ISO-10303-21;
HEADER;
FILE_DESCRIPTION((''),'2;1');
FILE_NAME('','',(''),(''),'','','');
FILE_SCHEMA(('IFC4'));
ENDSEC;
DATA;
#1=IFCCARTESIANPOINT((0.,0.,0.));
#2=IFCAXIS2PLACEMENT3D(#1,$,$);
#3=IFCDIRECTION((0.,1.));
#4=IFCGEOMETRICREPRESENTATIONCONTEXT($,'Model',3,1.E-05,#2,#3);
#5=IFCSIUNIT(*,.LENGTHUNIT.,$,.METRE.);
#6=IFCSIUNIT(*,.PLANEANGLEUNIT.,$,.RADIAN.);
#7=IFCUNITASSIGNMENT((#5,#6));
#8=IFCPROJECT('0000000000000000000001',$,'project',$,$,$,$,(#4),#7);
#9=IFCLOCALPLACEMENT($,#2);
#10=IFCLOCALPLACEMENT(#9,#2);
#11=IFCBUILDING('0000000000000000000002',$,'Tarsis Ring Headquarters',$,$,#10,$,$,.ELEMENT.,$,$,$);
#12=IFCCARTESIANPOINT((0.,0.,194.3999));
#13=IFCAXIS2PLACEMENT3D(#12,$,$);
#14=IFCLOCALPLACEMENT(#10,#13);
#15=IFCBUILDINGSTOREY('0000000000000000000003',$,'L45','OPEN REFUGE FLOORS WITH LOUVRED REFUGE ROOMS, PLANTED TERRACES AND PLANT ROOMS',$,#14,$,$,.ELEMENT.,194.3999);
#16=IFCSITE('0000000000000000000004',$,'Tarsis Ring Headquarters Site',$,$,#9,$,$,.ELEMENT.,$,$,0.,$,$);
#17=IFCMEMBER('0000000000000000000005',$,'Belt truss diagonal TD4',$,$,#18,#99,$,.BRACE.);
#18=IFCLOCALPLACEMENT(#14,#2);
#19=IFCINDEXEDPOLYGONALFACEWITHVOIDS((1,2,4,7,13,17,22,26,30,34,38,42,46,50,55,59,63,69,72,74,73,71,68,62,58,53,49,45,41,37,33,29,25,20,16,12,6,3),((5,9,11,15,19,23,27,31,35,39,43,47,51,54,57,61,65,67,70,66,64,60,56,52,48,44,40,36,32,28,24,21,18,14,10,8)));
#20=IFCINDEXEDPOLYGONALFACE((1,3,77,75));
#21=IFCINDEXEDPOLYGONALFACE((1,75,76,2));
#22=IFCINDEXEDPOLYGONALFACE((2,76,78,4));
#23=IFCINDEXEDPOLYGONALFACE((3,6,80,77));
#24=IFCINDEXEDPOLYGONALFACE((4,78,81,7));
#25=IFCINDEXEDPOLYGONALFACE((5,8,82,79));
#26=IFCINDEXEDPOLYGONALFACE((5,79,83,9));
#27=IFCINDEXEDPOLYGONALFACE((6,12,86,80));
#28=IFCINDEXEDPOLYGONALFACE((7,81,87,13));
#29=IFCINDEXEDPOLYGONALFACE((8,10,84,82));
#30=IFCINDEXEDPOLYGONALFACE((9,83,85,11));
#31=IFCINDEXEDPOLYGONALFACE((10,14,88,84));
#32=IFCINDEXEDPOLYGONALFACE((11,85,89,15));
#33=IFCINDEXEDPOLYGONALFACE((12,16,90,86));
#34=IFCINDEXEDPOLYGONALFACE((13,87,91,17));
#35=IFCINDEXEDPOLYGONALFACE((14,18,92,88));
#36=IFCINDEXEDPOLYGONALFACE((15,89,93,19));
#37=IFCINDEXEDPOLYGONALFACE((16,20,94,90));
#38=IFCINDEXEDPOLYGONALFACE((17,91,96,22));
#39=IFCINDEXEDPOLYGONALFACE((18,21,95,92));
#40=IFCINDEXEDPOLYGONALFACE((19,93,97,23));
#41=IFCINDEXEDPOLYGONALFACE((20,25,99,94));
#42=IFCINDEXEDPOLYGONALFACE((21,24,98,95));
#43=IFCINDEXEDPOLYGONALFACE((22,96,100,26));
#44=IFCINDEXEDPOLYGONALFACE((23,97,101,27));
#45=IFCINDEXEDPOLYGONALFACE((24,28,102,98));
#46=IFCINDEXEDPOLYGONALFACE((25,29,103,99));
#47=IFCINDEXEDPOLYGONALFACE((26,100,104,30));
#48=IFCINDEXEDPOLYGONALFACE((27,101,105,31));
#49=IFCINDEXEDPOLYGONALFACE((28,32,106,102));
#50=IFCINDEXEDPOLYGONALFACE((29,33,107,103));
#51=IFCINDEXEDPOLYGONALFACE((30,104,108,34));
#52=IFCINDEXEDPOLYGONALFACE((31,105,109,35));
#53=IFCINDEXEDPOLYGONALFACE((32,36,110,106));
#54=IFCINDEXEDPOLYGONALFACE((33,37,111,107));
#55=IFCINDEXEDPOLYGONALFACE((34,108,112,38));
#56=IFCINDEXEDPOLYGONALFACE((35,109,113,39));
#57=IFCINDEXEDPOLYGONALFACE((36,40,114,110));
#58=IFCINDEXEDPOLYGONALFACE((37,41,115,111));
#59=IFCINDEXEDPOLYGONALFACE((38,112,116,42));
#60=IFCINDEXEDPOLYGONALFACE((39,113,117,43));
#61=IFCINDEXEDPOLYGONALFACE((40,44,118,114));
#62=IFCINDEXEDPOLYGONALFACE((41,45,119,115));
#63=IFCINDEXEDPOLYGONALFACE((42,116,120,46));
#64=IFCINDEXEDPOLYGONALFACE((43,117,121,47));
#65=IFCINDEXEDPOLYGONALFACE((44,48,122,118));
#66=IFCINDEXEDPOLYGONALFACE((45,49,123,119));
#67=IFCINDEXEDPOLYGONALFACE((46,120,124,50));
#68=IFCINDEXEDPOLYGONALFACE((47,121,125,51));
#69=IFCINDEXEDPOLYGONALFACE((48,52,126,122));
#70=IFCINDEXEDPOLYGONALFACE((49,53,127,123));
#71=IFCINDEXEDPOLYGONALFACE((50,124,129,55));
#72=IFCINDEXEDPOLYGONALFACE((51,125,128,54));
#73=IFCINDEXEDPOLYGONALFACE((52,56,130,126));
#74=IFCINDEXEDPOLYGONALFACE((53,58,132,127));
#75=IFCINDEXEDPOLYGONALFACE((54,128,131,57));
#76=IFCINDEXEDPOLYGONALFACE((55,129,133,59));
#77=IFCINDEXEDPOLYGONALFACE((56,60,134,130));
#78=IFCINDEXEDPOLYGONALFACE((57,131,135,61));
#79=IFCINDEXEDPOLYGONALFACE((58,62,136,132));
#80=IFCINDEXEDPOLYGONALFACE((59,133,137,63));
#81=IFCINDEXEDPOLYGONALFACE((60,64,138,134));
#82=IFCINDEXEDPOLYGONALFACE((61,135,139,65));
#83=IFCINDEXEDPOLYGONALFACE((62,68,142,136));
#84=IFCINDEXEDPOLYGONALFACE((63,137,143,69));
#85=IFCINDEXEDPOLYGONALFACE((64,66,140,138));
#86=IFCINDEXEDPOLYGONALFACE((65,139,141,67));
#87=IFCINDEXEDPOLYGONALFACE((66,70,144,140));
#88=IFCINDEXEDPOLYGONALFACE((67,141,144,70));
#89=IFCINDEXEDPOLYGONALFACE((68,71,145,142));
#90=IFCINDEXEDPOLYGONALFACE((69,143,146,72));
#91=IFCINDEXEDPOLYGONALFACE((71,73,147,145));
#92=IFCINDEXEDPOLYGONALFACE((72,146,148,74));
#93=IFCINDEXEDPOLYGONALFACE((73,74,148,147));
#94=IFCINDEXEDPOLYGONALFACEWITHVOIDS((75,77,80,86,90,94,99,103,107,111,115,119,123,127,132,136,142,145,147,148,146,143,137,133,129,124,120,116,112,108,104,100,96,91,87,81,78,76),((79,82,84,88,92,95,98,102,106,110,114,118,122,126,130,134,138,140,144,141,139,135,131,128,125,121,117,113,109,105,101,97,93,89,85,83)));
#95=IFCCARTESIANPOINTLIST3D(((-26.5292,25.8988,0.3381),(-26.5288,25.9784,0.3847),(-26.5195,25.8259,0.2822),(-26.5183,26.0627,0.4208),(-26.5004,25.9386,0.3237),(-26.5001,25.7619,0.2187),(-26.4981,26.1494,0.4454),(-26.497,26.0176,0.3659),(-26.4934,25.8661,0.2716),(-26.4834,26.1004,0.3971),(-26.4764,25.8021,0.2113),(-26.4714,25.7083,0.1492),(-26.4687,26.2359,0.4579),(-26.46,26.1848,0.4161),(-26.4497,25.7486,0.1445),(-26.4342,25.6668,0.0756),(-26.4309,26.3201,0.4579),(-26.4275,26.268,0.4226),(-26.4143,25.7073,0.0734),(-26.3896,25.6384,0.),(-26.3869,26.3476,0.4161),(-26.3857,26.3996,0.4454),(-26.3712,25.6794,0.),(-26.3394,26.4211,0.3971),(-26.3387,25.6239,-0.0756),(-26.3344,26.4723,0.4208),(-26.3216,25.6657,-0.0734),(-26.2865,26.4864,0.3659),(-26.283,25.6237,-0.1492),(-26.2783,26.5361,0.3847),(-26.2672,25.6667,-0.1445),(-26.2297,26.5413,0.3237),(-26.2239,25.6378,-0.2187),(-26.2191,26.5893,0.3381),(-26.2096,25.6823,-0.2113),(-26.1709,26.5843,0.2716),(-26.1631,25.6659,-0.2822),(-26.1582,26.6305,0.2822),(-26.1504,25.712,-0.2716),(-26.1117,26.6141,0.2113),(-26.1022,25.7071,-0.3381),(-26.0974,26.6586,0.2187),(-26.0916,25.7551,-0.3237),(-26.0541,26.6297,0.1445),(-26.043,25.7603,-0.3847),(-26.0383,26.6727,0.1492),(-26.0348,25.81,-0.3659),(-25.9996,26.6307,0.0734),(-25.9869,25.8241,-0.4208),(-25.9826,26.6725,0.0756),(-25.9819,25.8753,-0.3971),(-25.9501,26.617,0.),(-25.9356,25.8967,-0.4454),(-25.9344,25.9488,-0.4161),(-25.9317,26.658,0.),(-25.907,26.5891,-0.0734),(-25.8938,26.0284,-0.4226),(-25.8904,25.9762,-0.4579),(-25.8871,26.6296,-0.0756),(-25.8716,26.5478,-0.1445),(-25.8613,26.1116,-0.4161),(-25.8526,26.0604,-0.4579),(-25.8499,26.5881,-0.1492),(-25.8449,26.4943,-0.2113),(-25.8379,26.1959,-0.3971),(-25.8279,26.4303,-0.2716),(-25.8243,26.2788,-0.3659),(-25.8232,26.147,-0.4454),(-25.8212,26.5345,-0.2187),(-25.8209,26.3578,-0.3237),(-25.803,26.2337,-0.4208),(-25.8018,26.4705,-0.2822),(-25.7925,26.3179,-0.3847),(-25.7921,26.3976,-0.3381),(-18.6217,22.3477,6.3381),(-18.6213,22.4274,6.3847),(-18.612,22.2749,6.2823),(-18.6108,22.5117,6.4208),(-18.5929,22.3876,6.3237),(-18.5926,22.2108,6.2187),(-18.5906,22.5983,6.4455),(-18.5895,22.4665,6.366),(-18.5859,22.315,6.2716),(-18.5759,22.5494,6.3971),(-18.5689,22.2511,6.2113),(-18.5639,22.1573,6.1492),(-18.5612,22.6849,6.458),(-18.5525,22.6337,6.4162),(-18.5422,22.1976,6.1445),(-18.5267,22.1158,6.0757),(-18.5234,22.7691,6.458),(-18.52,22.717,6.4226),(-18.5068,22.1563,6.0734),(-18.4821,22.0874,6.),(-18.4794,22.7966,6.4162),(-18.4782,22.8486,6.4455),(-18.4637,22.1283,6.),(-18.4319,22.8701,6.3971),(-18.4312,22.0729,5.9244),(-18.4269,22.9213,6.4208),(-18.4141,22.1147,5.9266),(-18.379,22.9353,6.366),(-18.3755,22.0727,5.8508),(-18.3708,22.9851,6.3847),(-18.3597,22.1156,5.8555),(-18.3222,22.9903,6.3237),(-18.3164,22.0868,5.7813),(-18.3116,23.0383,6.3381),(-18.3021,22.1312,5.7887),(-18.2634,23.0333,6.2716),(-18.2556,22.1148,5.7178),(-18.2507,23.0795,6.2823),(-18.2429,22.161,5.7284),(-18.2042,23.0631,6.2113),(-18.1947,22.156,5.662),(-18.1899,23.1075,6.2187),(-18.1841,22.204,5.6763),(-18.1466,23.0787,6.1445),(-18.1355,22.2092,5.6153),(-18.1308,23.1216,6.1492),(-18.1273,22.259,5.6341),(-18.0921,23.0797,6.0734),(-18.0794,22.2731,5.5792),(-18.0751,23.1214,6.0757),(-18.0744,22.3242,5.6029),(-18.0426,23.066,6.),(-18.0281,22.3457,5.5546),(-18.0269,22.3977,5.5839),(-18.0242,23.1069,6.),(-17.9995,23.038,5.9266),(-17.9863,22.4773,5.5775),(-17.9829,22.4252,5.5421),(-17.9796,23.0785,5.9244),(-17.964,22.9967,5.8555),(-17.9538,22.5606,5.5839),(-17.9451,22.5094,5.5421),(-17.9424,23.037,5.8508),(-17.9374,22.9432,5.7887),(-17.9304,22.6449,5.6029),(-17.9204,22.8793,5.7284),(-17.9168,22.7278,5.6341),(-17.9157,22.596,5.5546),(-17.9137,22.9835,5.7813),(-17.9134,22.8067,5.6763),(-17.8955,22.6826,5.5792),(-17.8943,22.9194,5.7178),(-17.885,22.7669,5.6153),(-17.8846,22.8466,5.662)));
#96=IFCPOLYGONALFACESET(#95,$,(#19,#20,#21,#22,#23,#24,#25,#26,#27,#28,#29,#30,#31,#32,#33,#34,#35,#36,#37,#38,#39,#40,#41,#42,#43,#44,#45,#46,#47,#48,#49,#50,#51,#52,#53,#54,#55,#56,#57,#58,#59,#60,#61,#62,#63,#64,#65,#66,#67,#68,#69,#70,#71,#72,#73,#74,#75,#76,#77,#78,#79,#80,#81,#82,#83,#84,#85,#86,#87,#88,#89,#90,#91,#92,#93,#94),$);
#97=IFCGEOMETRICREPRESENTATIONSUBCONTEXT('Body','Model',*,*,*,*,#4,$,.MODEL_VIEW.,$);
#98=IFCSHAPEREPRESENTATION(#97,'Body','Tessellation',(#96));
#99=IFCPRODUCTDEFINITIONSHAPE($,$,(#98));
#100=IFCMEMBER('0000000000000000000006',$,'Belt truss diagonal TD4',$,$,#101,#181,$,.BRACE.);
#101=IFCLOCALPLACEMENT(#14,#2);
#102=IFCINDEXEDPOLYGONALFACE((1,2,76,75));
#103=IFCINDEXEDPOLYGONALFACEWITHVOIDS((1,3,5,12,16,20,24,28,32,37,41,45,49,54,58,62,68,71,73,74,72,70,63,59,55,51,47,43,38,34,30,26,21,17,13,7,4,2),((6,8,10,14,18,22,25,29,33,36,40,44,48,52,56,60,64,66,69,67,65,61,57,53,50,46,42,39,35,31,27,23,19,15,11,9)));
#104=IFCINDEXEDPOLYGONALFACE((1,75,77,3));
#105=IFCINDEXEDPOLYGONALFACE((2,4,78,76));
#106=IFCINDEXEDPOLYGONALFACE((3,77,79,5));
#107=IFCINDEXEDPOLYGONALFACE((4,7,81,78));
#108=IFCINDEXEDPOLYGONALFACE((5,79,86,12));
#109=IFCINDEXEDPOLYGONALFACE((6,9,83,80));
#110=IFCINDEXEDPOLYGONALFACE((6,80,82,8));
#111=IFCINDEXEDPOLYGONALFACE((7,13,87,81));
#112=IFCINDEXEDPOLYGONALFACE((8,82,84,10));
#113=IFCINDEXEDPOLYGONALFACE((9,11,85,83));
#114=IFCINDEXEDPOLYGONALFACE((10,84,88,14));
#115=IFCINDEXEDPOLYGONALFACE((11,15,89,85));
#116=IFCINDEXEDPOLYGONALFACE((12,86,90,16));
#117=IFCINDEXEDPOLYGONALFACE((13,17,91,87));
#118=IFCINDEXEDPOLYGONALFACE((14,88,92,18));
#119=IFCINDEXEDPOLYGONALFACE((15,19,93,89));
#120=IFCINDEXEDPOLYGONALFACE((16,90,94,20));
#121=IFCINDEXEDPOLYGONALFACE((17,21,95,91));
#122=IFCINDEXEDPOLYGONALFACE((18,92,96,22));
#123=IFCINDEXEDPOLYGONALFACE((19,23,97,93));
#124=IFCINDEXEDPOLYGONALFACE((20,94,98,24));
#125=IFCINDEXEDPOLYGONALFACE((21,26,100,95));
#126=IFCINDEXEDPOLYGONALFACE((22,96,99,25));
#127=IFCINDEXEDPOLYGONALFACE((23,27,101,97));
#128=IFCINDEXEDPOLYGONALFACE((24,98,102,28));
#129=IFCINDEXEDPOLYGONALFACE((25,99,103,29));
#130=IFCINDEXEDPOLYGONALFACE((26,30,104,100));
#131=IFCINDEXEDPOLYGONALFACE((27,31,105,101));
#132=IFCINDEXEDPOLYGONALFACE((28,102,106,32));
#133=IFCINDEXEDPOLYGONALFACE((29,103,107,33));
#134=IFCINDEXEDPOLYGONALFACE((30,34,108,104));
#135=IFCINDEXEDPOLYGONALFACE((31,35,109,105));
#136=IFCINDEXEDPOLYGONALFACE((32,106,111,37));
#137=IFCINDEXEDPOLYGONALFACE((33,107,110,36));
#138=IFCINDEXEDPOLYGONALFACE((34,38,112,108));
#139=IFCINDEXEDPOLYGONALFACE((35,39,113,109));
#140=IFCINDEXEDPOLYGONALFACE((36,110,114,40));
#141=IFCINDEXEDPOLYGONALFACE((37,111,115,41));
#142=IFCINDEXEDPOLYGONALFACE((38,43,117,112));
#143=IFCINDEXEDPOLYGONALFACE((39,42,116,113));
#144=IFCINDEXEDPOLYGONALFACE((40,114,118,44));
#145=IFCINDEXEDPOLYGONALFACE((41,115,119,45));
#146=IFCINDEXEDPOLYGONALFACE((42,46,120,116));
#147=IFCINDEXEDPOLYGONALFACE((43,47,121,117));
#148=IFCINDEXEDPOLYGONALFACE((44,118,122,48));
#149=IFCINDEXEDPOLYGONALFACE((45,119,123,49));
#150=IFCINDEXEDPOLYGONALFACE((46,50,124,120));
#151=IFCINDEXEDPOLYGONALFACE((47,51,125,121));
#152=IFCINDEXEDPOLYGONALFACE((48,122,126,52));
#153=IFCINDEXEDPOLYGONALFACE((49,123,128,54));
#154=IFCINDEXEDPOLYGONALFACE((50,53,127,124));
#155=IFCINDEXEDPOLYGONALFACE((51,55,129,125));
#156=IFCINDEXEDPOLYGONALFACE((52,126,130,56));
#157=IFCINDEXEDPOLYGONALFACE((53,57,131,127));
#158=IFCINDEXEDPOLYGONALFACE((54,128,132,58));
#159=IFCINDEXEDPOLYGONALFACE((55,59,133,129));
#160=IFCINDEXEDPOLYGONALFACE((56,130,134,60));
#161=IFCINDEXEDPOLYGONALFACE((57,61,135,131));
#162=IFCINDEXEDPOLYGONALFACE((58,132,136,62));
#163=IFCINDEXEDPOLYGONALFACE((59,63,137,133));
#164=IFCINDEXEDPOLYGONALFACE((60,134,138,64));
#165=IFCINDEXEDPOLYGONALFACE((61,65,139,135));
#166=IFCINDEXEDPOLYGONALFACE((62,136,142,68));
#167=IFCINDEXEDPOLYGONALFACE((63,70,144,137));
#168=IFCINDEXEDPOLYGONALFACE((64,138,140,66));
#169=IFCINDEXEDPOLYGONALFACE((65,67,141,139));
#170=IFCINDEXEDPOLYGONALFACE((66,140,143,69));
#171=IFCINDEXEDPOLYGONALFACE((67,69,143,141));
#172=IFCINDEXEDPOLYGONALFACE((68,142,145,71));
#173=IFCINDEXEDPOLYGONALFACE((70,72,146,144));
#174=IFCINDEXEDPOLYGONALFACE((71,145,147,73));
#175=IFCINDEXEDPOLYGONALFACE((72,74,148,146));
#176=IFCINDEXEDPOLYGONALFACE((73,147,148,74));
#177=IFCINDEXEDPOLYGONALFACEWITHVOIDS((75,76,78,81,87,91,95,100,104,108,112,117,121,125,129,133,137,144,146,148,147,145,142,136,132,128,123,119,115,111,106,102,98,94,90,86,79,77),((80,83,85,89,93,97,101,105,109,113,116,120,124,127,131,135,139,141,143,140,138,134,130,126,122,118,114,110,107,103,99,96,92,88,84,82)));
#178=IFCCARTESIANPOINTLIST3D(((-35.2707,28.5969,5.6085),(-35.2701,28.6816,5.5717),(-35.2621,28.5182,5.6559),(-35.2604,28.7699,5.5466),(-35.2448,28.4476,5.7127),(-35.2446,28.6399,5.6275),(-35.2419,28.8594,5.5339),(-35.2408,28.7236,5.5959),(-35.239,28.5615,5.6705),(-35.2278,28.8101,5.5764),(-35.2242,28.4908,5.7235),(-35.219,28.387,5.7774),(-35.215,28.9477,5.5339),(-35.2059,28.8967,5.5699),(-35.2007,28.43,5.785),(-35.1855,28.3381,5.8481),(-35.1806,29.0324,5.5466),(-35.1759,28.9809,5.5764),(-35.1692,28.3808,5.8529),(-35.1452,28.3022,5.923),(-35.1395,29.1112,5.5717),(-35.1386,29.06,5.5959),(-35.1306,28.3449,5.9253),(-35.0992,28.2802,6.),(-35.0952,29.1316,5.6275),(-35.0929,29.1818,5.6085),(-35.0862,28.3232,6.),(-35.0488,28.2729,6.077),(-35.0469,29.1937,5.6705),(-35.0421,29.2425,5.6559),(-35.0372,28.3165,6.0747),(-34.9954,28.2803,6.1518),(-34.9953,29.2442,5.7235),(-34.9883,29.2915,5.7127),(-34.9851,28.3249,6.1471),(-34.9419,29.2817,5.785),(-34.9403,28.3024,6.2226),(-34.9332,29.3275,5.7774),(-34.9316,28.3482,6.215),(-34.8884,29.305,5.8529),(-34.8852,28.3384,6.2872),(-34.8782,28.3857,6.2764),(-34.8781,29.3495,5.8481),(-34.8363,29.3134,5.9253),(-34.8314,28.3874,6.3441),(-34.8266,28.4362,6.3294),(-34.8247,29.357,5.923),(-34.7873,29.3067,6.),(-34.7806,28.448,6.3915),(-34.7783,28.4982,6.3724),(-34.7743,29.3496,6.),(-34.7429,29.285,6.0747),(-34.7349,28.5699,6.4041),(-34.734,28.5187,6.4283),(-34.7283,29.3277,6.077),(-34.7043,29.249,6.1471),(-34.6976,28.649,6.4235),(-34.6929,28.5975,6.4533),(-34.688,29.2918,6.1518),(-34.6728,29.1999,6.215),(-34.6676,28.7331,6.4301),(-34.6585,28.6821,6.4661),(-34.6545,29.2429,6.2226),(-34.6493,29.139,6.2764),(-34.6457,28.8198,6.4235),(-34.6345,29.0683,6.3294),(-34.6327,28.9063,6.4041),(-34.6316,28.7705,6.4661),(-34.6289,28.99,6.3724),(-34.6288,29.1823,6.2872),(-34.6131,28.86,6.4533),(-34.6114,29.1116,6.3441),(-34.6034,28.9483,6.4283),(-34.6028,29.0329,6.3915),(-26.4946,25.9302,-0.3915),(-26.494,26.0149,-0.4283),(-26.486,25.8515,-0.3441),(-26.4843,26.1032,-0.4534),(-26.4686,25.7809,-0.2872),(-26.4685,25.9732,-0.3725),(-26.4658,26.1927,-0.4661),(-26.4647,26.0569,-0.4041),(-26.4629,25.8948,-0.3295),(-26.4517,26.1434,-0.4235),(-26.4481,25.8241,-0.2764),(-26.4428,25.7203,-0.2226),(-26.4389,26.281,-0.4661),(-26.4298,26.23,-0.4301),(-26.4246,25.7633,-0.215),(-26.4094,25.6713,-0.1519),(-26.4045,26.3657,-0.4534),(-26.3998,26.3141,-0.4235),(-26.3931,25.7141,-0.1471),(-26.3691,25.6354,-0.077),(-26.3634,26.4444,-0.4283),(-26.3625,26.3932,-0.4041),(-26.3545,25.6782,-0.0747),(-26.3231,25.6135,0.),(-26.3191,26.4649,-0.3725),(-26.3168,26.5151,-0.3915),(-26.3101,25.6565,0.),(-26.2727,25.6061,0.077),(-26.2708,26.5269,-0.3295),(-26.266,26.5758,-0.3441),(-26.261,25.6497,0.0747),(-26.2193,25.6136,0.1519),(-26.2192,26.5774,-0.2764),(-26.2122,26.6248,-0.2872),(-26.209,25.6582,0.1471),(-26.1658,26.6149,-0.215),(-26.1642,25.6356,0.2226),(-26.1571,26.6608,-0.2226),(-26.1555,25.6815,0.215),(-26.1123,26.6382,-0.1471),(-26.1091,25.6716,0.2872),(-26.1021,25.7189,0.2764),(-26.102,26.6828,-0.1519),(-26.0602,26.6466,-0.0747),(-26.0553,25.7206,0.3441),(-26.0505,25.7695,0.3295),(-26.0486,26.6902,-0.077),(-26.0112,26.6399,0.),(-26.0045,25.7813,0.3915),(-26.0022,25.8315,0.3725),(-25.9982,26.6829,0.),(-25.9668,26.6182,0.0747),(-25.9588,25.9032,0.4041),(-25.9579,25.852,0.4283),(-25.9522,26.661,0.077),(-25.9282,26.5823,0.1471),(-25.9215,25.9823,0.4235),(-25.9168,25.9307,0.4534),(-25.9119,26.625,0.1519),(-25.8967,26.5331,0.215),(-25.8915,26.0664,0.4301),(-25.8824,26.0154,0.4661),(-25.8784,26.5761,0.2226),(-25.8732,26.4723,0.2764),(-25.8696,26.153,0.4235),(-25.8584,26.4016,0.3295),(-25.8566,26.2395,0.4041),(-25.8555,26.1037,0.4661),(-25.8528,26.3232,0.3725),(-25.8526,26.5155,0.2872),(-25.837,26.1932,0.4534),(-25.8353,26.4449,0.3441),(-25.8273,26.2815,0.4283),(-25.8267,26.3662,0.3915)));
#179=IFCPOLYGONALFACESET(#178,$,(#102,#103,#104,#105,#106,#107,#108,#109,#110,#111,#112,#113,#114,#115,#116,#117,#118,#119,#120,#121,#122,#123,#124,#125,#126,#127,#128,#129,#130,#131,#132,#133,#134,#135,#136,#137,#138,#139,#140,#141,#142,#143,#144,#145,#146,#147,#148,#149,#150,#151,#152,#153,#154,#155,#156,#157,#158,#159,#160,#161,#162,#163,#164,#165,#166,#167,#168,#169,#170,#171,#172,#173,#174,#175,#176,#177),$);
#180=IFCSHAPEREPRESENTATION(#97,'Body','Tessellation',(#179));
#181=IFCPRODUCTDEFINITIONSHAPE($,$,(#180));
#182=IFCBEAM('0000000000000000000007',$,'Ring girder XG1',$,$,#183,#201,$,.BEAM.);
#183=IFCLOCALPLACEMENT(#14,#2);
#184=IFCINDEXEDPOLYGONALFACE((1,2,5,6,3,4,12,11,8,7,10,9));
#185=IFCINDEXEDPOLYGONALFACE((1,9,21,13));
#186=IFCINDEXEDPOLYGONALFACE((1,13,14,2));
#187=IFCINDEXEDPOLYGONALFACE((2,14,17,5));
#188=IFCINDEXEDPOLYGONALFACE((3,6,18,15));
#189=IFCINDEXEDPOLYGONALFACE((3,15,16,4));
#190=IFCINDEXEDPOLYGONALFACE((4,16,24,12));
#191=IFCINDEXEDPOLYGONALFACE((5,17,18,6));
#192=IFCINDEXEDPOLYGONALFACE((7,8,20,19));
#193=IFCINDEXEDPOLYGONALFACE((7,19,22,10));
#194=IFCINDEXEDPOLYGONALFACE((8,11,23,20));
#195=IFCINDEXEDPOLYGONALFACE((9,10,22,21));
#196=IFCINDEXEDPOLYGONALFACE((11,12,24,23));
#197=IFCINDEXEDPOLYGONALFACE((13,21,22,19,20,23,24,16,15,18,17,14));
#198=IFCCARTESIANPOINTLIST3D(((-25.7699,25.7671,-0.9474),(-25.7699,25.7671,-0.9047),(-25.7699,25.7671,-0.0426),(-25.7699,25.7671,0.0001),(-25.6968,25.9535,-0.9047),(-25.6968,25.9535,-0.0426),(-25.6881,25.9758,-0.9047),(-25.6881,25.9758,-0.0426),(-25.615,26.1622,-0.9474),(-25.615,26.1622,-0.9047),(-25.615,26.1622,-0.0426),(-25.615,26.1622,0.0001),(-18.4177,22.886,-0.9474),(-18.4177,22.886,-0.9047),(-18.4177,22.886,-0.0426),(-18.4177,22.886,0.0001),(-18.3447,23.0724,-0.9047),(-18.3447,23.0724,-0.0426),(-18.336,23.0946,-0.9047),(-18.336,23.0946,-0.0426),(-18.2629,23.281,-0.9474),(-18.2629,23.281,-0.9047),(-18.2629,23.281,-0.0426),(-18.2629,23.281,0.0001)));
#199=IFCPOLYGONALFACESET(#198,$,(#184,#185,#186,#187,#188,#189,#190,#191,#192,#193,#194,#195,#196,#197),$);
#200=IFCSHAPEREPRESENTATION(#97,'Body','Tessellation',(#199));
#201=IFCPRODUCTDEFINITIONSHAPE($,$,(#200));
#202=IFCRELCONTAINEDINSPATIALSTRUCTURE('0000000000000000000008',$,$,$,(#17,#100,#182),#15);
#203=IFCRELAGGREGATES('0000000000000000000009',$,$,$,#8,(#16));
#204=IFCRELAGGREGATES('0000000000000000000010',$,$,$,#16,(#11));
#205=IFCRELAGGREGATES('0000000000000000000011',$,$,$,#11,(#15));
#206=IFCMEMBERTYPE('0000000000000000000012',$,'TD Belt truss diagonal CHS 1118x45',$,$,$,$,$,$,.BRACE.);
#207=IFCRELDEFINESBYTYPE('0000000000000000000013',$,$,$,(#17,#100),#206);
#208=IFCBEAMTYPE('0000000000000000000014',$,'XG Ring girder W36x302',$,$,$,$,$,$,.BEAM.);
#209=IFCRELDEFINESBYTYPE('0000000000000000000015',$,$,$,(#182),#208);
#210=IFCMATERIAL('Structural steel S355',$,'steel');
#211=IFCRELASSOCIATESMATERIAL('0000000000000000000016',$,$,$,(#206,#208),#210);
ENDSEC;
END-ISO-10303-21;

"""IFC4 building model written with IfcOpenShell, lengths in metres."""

from ifc_helpers import new_model, si_unit, direction, frame, origin, origin_2d, place, context, subcontext, project, spatial, hollow_circle, i_section, extrude, material, material_profile, profile_set, type_object, element, save


model = new_model("IFC4")

# Units and contexts
model_context = context("Model", 3, precision=1e-05, world=origin(), true_north=direction((0.0, 1.0)))
body_context = subcontext(model_context, "Body", "Model", "MODEL_VIEW")
ifc_project = project(units=[si_unit("LENGTHUNIT", "METRE"), si_unit("PLANEANGLEUNIT", "RADIAN")], contexts=[model_context])

# Site, building, storey
site_placement = place(None, origin())
site = spatial("IfcSite", under=ifc_project, at=site_placement, Name="Tarsis Ring Headquarters Site", CompositionType="ELEMENT", RefElevation=0.0)
building_placement = place(site_placement, origin())
building = spatial("IfcBuilding", under=site, at=building_placement, Name="Tarsis Ring Headquarters", CompositionType="ELEMENT")
storey_placement = place(building_placement, frame((0.0, 0.0, 194.3999)))
storey = spatial("IfcBuildingStorey", under=building, at=storey_placement, Name="L45", Description="OPEN REFUGE FLOORS WITH LOUVRED REFUGE ROOMS, PLANTED TERRACES AND PLANT ROOMS", CompositionType="ELEMENT", Elevation=194.3999)

# Shared definitions
ifc_material_1 = material(Name="Structural steel S355", Category="steel")
ifc_material_profile_1 = material_profile(ifc_material_1, hollow_circle(Radius=0.5588, WallThickness=0.0449, at=origin_2d()), Name="CHS 1118x45")
ifc_profile_set_1 = profile_set([ifc_material_profile_1], Name="Structural steel S355")

# Members
member_type = type_object("IfcMemberType", Name="TD Belt truss diagonal CHS 1118x45", PredefinedType="BRACE", material=ifc_profile_set_1)
member_1_placement = place(storey_placement, frame((-26.1606, 26.1482, 0.0), z_axis=(0.750078, -0.336839, 0.569141), x_axis=(0.409661, 0.912238, 0.0)))
element("IfcMember", 1, at=member_1_placement, inside=storey, type_object=member_type, Name="Belt truss diagonal TD4", PredefinedType="BRACE", context=body_context, shape_type="SweptSolid", body=[
    extrude(hollow_circle(Radius=0.5588, WallThickness=0.0449, at=origin_2d()), origin(), (0.0, 0.0, 1.0), 10.5422),
])
member_2_placement = place(storey_placement, frame((-26.1606, 26.1482, 0.0), z_axis=(-0.800707, 0.243306, 0.547422), x_axis=(-0.290738, -0.956803, 0.0)))
element("IfcMember", 2, at=member_2_placement, inside=storey, type_object=member_type, Name="Belt truss diagonal TD4", PredefinedType="BRACE", context=body_context, shape_type="SweptSolid", body=[
    extrude(hollow_circle(Radius=0.5588, WallThickness=0.0449, at=origin_2d()), origin(), (0.0, 0.0, 1.0), 10.9604),
])

# Beam
ifc_material_profile_2 = material_profile(ifc_material_1, i_section(OverallWidth=0.4243, OverallDepth=0.9475, WebThickness=0.0239, FlangeThickness=0.0427, at=origin_2d()), Name="W36x302")
ifc_profile_set_2 = profile_set([ifc_material_profile_2], Name="Structural steel S355")
beam_type_1 = type_object("IfcBeamType", Name="XG Ring girder W36x302", PredefinedType="BEAM", material=ifc_profile_set_2)
for number, where, z_axis, x_axis, name in (
    (3, (-18.3403, 23.0835, -0.4736), (-0.931062, 0.364862, 0.0), (-0.364862, -0.931062, 0.0), "Ring girder XG1"),
):
    element("IfcBeam", number, at=place(storey_placement, frame(where, z_axis=z_axis, x_axis=x_axis)), inside=storey, type_object=beam_type_1, Name=name, PredefinedType="BEAM", context=body_context, shape_type="SweptSolid", body=[
        extrude(i_section(OverallWidth=0.4243, OverallDepth=0.9475, WebThickness=0.0239, FlangeThickness=0.0427, at=origin_2d()), origin(), (0.0, 0.0, 1.0), 7.8965),
    ])

save(model, "model.ifc")
